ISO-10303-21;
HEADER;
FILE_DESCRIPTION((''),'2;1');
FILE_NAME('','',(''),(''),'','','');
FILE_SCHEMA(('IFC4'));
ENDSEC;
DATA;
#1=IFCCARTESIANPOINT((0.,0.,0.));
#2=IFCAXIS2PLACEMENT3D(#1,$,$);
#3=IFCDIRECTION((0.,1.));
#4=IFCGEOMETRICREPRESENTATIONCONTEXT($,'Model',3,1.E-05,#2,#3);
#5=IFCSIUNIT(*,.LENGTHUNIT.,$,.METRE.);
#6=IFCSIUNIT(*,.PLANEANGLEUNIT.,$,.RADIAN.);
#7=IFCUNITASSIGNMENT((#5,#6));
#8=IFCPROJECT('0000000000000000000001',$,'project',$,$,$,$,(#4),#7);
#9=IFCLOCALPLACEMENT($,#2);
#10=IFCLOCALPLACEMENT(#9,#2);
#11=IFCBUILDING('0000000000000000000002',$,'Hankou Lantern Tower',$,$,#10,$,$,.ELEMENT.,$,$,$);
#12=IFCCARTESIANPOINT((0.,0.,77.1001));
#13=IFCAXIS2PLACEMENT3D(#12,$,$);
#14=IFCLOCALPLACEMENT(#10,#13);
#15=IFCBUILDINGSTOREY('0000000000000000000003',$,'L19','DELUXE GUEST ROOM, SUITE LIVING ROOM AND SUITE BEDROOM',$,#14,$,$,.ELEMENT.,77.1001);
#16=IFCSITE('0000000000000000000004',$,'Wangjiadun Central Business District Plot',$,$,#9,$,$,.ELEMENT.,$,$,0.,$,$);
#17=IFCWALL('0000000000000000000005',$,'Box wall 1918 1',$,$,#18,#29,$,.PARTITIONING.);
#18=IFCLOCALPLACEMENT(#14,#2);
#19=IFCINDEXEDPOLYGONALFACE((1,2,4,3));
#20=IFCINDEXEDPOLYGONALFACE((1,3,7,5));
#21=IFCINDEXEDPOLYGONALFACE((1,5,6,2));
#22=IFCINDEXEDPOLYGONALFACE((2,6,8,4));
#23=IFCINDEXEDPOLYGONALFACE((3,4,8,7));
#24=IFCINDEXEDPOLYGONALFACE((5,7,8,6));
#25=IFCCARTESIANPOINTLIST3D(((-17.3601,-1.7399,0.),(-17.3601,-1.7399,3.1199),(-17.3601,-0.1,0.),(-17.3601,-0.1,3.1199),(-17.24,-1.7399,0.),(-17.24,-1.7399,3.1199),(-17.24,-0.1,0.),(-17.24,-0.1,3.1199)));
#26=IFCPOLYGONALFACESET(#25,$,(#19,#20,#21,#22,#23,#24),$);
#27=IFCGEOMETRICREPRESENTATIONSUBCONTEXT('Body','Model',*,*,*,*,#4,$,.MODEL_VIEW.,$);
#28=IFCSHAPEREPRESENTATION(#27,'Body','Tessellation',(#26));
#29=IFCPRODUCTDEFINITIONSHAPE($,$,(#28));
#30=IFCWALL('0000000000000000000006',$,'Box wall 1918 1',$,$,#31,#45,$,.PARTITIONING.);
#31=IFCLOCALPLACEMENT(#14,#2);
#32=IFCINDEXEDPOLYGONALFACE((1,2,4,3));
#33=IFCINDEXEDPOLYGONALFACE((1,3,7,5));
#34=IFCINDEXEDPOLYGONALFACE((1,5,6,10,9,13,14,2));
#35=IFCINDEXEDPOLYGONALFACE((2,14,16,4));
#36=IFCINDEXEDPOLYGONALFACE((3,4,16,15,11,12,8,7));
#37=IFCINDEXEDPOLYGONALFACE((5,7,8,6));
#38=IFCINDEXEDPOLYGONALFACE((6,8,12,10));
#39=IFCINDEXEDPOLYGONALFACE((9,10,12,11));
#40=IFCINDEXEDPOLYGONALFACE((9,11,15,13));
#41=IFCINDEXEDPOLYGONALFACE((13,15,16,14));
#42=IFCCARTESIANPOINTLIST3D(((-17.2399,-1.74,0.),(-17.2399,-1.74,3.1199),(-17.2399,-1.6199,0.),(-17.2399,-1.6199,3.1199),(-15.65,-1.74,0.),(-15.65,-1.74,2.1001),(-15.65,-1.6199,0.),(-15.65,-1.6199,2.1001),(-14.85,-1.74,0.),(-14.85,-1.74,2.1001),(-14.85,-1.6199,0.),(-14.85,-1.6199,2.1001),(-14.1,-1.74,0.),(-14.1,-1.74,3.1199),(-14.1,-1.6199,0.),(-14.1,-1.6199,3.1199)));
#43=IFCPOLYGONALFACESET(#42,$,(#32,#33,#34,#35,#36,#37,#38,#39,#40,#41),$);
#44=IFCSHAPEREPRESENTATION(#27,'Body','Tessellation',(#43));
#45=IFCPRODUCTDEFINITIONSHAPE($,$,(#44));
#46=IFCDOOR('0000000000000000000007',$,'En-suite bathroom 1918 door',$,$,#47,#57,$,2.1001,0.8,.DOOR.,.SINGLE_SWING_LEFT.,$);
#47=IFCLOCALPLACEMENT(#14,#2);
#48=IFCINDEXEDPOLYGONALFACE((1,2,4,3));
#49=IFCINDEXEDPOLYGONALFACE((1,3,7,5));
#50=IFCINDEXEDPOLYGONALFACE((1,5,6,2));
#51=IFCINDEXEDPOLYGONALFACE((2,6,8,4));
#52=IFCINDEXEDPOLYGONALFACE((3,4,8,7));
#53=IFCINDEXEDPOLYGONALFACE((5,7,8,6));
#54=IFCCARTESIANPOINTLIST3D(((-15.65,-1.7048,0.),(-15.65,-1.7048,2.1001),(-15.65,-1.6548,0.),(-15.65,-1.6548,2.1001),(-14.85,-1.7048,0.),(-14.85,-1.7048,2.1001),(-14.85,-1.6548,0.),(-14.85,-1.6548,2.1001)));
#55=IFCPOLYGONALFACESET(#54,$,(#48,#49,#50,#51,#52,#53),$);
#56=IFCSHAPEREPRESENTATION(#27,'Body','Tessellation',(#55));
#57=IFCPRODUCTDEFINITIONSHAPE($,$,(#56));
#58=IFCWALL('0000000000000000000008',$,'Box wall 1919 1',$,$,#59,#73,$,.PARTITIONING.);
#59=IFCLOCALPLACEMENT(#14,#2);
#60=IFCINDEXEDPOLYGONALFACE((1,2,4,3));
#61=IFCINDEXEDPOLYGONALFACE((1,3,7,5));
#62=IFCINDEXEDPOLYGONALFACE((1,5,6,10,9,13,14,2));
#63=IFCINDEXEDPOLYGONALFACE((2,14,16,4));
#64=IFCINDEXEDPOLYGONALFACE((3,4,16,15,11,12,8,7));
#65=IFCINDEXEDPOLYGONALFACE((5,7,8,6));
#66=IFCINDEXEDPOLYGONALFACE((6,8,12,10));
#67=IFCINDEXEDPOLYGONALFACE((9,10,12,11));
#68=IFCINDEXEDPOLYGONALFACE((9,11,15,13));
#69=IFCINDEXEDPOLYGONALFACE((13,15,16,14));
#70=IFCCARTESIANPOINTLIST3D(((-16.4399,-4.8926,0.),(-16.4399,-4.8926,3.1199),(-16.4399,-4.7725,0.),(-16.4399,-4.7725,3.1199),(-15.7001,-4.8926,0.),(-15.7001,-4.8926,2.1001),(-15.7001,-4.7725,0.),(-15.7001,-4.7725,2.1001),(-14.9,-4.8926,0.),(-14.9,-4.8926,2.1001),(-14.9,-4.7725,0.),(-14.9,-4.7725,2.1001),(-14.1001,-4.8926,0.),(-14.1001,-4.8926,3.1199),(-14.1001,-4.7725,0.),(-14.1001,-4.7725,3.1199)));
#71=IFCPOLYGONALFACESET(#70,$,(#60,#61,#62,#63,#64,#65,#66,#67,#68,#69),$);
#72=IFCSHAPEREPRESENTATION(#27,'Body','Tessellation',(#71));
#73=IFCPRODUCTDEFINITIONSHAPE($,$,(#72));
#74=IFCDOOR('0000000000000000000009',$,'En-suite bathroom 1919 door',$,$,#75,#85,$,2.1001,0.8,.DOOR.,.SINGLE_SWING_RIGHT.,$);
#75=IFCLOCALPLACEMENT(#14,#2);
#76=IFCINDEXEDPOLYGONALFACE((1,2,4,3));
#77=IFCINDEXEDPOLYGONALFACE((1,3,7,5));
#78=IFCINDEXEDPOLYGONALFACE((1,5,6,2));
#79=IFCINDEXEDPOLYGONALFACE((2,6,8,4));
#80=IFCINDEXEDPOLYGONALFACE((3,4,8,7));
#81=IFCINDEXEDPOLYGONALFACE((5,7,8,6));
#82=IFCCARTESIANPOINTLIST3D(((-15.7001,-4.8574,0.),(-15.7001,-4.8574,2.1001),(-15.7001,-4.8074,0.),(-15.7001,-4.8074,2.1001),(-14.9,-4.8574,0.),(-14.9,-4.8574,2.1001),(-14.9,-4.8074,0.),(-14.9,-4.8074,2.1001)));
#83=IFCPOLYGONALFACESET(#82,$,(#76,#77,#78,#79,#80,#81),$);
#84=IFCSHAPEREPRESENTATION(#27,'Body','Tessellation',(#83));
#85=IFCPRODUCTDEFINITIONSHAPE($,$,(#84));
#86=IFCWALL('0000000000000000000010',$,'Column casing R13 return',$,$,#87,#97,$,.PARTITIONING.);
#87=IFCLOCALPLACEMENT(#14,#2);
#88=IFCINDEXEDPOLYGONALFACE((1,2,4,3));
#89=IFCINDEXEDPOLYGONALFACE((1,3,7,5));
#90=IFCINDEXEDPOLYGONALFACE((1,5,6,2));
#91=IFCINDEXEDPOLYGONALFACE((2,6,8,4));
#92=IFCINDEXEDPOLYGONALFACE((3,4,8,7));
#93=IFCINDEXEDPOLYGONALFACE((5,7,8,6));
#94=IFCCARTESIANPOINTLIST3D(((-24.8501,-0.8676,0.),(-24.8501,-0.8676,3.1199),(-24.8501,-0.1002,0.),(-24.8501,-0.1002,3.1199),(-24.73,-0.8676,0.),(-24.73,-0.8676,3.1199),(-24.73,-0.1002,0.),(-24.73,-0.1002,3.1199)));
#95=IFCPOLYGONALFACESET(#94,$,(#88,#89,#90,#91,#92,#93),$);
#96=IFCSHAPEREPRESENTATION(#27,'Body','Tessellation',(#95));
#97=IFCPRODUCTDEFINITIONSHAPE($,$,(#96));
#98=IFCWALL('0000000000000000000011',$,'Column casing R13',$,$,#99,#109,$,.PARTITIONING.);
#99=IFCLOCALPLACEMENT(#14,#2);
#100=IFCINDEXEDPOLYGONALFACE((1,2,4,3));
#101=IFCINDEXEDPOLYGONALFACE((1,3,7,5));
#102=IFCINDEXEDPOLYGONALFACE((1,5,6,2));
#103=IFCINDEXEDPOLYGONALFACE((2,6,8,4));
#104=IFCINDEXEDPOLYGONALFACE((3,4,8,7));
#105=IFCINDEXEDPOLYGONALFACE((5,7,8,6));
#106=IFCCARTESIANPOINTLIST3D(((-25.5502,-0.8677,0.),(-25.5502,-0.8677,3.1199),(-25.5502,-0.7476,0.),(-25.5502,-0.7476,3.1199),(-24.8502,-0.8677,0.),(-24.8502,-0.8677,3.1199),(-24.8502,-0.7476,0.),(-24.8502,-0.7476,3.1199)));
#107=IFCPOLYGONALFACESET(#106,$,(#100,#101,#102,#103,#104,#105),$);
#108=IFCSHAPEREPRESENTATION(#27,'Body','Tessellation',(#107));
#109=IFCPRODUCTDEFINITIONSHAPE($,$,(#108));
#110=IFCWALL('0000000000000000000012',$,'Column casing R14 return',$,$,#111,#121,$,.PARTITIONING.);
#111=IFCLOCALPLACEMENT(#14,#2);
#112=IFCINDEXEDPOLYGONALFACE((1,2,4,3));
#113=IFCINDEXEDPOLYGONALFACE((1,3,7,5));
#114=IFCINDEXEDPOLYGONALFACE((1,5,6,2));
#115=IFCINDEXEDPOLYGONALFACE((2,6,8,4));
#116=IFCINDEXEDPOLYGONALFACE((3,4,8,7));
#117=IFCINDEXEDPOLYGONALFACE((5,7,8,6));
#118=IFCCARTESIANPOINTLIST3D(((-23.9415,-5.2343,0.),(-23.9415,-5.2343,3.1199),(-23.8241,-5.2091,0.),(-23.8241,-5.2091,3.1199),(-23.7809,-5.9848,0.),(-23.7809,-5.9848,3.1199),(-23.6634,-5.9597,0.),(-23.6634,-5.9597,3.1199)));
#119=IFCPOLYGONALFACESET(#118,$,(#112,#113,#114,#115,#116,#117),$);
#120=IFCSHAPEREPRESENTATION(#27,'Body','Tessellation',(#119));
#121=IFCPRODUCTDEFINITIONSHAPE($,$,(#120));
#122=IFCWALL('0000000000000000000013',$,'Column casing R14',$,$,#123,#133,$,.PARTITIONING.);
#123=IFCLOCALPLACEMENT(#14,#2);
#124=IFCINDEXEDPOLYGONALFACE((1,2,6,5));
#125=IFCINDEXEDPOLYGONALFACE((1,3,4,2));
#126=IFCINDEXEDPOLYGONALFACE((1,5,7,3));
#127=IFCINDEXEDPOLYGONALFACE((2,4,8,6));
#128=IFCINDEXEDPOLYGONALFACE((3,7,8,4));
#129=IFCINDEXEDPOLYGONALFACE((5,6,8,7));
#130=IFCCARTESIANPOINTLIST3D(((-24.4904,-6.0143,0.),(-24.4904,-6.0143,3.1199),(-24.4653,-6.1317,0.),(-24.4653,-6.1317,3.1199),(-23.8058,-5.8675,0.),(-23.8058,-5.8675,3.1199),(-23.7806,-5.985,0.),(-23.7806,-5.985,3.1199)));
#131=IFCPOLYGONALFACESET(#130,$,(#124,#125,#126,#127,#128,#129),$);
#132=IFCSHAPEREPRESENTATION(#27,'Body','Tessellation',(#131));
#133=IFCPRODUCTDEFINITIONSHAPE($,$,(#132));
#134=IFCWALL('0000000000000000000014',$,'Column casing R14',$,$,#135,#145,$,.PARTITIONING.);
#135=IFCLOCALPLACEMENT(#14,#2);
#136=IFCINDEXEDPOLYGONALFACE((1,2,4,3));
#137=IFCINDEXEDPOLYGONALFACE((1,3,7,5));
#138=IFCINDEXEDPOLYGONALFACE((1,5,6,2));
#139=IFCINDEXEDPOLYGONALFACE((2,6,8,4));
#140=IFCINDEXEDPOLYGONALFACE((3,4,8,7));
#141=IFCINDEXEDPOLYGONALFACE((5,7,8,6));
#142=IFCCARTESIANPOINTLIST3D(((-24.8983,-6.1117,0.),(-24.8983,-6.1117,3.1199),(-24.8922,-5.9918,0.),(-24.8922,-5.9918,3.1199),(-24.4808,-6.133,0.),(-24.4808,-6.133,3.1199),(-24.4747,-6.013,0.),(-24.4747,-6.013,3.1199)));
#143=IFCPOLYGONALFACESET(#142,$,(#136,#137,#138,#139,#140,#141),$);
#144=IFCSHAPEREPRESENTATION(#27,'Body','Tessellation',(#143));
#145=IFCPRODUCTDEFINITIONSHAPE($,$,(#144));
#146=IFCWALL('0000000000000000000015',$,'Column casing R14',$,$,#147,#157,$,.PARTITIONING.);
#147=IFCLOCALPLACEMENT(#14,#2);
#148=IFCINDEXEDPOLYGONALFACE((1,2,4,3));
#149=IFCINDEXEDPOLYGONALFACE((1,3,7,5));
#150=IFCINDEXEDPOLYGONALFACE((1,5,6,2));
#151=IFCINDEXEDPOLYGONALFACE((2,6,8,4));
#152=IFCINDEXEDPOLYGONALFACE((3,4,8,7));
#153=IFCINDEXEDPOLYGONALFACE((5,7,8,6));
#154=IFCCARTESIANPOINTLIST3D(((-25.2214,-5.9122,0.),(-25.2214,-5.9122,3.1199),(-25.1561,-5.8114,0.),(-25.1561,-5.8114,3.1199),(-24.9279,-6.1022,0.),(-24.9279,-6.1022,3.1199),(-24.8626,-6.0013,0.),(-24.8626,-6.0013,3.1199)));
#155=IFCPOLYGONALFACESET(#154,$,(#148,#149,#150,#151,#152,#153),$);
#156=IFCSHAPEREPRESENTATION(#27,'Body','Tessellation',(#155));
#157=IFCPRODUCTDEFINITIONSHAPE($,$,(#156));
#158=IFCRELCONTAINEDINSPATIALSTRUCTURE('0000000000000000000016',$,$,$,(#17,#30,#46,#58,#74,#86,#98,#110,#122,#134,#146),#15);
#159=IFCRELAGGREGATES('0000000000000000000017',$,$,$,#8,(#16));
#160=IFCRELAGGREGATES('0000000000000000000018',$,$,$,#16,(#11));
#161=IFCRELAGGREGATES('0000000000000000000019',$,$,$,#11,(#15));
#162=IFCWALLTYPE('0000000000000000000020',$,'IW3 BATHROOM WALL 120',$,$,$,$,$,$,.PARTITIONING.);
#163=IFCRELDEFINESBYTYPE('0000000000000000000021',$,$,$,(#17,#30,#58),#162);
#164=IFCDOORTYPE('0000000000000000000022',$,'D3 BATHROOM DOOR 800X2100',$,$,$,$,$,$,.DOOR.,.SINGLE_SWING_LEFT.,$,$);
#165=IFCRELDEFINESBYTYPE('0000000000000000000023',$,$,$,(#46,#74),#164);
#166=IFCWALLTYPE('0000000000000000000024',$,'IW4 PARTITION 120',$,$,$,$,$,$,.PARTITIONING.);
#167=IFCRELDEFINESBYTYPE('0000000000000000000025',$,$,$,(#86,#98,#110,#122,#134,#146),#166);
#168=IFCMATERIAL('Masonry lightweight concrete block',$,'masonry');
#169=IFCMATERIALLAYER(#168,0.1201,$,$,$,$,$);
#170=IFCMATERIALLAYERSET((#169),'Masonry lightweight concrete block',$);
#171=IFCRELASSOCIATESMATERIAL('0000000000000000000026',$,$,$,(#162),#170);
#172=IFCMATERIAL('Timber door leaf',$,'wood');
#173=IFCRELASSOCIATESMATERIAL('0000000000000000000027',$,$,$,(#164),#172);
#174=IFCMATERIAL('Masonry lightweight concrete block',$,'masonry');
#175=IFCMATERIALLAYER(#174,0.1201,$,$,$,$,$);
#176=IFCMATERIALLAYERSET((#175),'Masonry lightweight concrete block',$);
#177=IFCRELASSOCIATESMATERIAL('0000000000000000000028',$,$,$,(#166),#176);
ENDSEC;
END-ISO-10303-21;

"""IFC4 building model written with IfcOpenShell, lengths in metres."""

from ifc_helpers import new_model, si_unit, direction, frame, frame_2d, origin, place, context, subcontext, project, spatial, rectangle, extrude, material, layer, layer_set, type_object, element, fill, save


model = new_model("IFC4")

# Units and contexts
model_context = context("Model", 3, precision=1e-05, world=origin(), true_north=direction((0.0, 1.0)))
body_context = subcontext(model_context, "Body", "Model", "MODEL_VIEW")
ifc_project = project(units=[si_unit("LENGTHUNIT", "METRE"), si_unit("PLANEANGLEUNIT", "RADIAN")], contexts=[model_context])

# Site, building, storey
site_placement = place(None, origin())
site = spatial("IfcSite", under=ifc_project, at=site_placement, Name="Wangjiadun Central Business District Plot", CompositionType="ELEMENT", RefElevation=0.0)
building_placement = place(site_placement, origin())
building = spatial("IfcBuilding", under=site, at=building_placement, Name="Hankou Lantern Tower", CompositionType="ELEMENT")
storey_placement = place(building_placement, frame((0.0, 0.0, 77.1001)))
storey = spatial("IfcBuildingStorey", under=building, at=storey_placement, Name="L19", Description="DELUXE GUEST ROOM, SUITE LIVING ROOM AND SUITE BEDROOM", CompositionType="ELEMENT", Elevation=77.1001)

# Wall
ifc_material_1 = material(Name="Masonry lightweight concrete block", Category="masonry")
ifc_layer_1 = layer(ifc_material_1, 0.1201)
ifc_layer_set_1 = layer_set([ifc_layer_1], Name="Masonry lightweight concrete block")
wall_type_1 = type_object("IfcWallType", Name="IW3 BATHROOM WALL 120", PredefinedType="PARTITIONING", material=ifc_layer_set_1)
wall_1_placement = place(storey_placement, frame((-17.3, -0.1001, 0.0), z_axis=(0.0, 0.0, 1.0), x_axis=(0.0, -1.0, 0.0)))
element("IfcWall", 1, at=wall_1_placement, inside=storey, type_object=wall_type_1, Name="Box wall 1918 1", PredefinedType="PARTITIONING", context=body_context, shape_type="SweptSolid", body=[
    extrude(rectangle(XDim=1.6399, YDim=0.1201, at=frame_2d((0.8198, 0.0))), origin(), (0.0, 0.0, 1.0), 3.1199),
])

# Walls, openings, doors
wall_2_placement = place(storey_placement, frame((-14.1001, -1.6799, 0.0), z_axis=(0.0, 0.0, 1.0), x_axis=(-1.0, 0.0, 0.0)))
wall_2 = element("IfcWall", 2, at=wall_2_placement, inside=storey, type_object=wall_type_1, Name="Box wall 1918 1", PredefinedType="PARTITIONING", context=body_context, shape_type="SweptSolid", body=[
    extrude(rectangle(XDim=3.1399, YDim=0.1201, at=frame_2d((1.5698, 0.0))), origin(), (0.0, 0.0, 1.0), 3.1199),
])
opening_1_placement = place(wall_2_placement, frame((0.75, 0.0, 0.0)))
opening_1 = element("IfcOpeningElement", 3, at=opening_1_placement, cuts=wall_2, PredefinedType="OPENING", context=body_context, shape_type="SweptSolid", body=[
    extrude(rectangle(XDim=0.8, YDim=2.1001, at=frame_2d((0.3999, 1.05))), frame((0.0, 0.0701, 0.0), z_axis=(0.0, -1.0, 0.0), x_axis=(1.0, 0.0, 0.0)), (0.0, 0.0, 1.0), 0.1401),
])
ifc_material_2 = material(Name="Timber door leaf", Category="wood")
door_type_1 = type_object("IfcDoorType", Name="D3 BATHROOM DOOR 800X2100", OperationType="SINGLE_SWING_LEFT", PredefinedType="DOOR", material=ifc_material_2)
door_1_placement = place(opening_1_placement, origin())
door_1 = element("IfcDoor", 4, at=door_1_placement, inside=storey, type_object=door_type_1, Name="En-suite bathroom 1918 door", OperationType="SINGLE_SWING_LEFT", OverallHeight=2.1001, OverallWidth=0.8, PredefinedType="DOOR", context=body_context, shape_type="SweptSolid", body=[
    extrude(rectangle(XDim=0.8, YDim=2.1001, at=frame_2d((0.3999, 1.05))), frame((0.0, 0.0249, 0.0), z_axis=(0.0, -1.0, 0.0), x_axis=(1.0, 0.0, 0.0)), (0.0, 0.0, 1.0), 0.05),
])
fill(opening_1, door_1)
wall_3_placement = place(storey_placement, frame((-14.1001, -4.8325, 0.0), z_axis=(0.0, 0.0, 1.0), x_axis=(-1.0, 0.0, 0.0)))
wall_3 = element("IfcWall", 5, at=wall_3_placement, inside=storey, type_object=wall_type_1, Name="Box wall 1919 1", PredefinedType="PARTITIONING", context=body_context, shape_type="SweptSolid", body=[
    extrude(rectangle(XDim=2.3398, YDim=0.1201, at=frame_2d((1.1699, 0.0))), origin(), (0.0, 0.0, 1.0), 3.1199),
])
opening_2_placement = place(wall_3_placement, frame((0.8, 0.0, 0.0)))
opening_2 = element("IfcOpeningElement", 6, at=opening_2_placement, cuts=wall_3, PredefinedType="OPENING", context=body_context, shape_type="SweptSolid", body=[
    extrude(rectangle(XDim=0.8, YDim=2.1001, at=frame_2d((0.3999, 1.05))), frame((0.0, 0.0701, 0.0), z_axis=(0.0, -1.0, 0.0), x_axis=(1.0, 0.0, 0.0)), (0.0, 0.0, 1.0), 0.1401),
])
door_2_placement = place(opening_2_placement, origin())
door_2 = element("IfcDoor", 7, at=door_2_placement, inside=storey, type_object=door_type_1, Name="En-suite bathroom 1919 door", OperationType="SINGLE_SWING_RIGHT", OverallHeight=2.1001, OverallWidth=0.8, PredefinedType="DOOR", context=body_context, shape_type="SweptSolid", body=[
    extrude(rectangle(XDim=0.8, YDim=2.1001, at=frame_2d((0.3999, 1.05))), frame((0.0, 0.0249, 0.0), z_axis=(0.0, -1.0, 0.0), x_axis=(1.0, 0.0, 0.0)), (0.0, 0.0, 1.0), 0.05),
])
fill(opening_2, door_2)

# Walls
ifc_material_3 = material(Name="Masonry lightweight concrete block", Category="masonry")
ifc_layer_2 = layer(ifc_material_3, 0.1201)
ifc_layer_set_2 = layer_set([ifc_layer_2], Name="Masonry lightweight concrete block")
wall_type_2 = type_object("IfcWallType", Name="IW4 PARTITION 120", PredefinedType="PARTITIONING", material=ifc_layer_set_2)
wall_4_placement = place(storey_placement, frame((-24.79, -0.1001, 0.0), z_axis=(0.0, 0.0, 1.0), x_axis=(0.0, -1.0, 0.0)))
element("IfcWall", 8, at=wall_4_placement, inside=storey, type_object=wall_type_2, Name="Column casing R13 return", PredefinedType="PARTITIONING", context=body_context, shape_type="SweptSolid", body=[
    extrude(rectangle(XDim=0.7673, YDim=0.1201, at=frame_2d((0.3838, 0.0))), origin(), (0.0, 0.0, 1.0), 3.1199),
])
wall_5_placement = place(storey_placement, frame((-24.8501, -0.8076, 0.0), z_axis=(0.0, 0.0, 1.0), x_axis=(-1.0, 0.0, 0.0)))
element("IfcWall", 9, at=wall_5_placement, inside=storey, type_object=wall_type_2, Name="Column casing R13", PredefinedType="PARTITIONING", context=body_context, shape_type="SweptSolid", body=[
    extrude(rectangle(XDim=0.7, YDim=0.1201, at=frame_2d((0.3501, 0.0))), origin(), (0.0, 0.0, 1.0), 3.1199),
])
wall_6_placement = place(storey_placement, frame((-23.8828, -5.2217, 0.0), z_axis=(0.0, 0.0, 1.0), x_axis=(0.209312, -0.977849, 0.0)))
element("IfcWall", 10, at=wall_6_placement, inside=storey, type_object=wall_type_2, Name="Column casing R14 return", PredefinedType="PARTITIONING", context=body_context, shape_type="SweptSolid", body=[
    extrude(rectangle(XDim=0.7676, YDim=0.1201, at=frame_2d((0.3838, 0.0))), origin(), (0.0, 0.0, 1.0), 3.1199),
])
wall_7_placement = place(storey_placement, frame((-23.7932, -5.9263, 0.0), z_axis=(0.0, 0.0, 1.0), x_axis=(-0.977792, -0.209577, 0.0)))
element("IfcWall", 11, at=wall_7_placement, inside=storey, type_object=wall_type_2, Name="Column casing R14", PredefinedType="PARTITIONING", context=body_context, shape_type="SweptSolid", body=[
    extrude(rectangle(XDim=0.7002, YDim=0.1201, at=frame_2d((0.3501, 0.0))), origin(), (0.0, 0.0, 1.0), 3.1199),
])
wall_8_placement = place(storey_placement, frame((-24.4778, -6.073, 0.0), z_axis=(0.0, 0.0, 1.0), x_axis=(-0.998708, 0.050811, 0.0)))
element("IfcWall", 12, at=wall_8_placement, inside=storey, type_object=wall_type_2, Name="Column casing R14", PredefinedType="PARTITIONING", context=body_context, shape_type="SweptSolid", body=[
    extrude(rectangle(XDim=0.418, YDim=0.1201, at=frame_2d((0.209, 0.0))), origin(), (0.0, 0.0, 1.0), 3.1199),
])
wall_9_placement = place(storey_placement, frame((-24.8953, -6.0518, 0.0), z_axis=(0.0, 0.0, 1.0), x_axis=(-0.839495, 0.543367, 0.0)))
element("IfcWall", 13, at=wall_9_placement, inside=storey, type_object=wall_type_2, Name="Column casing R14", PredefinedType="PARTITIONING", context=body_context, shape_type="SweptSolid", body=[
    extrude(rectangle(XDim=0.3496, YDim=0.1201, at=frame_2d((0.1748, 0.0))), origin(), (0.0, 0.0, 1.0), 3.1199),
])

save(model, "model.ifc")
